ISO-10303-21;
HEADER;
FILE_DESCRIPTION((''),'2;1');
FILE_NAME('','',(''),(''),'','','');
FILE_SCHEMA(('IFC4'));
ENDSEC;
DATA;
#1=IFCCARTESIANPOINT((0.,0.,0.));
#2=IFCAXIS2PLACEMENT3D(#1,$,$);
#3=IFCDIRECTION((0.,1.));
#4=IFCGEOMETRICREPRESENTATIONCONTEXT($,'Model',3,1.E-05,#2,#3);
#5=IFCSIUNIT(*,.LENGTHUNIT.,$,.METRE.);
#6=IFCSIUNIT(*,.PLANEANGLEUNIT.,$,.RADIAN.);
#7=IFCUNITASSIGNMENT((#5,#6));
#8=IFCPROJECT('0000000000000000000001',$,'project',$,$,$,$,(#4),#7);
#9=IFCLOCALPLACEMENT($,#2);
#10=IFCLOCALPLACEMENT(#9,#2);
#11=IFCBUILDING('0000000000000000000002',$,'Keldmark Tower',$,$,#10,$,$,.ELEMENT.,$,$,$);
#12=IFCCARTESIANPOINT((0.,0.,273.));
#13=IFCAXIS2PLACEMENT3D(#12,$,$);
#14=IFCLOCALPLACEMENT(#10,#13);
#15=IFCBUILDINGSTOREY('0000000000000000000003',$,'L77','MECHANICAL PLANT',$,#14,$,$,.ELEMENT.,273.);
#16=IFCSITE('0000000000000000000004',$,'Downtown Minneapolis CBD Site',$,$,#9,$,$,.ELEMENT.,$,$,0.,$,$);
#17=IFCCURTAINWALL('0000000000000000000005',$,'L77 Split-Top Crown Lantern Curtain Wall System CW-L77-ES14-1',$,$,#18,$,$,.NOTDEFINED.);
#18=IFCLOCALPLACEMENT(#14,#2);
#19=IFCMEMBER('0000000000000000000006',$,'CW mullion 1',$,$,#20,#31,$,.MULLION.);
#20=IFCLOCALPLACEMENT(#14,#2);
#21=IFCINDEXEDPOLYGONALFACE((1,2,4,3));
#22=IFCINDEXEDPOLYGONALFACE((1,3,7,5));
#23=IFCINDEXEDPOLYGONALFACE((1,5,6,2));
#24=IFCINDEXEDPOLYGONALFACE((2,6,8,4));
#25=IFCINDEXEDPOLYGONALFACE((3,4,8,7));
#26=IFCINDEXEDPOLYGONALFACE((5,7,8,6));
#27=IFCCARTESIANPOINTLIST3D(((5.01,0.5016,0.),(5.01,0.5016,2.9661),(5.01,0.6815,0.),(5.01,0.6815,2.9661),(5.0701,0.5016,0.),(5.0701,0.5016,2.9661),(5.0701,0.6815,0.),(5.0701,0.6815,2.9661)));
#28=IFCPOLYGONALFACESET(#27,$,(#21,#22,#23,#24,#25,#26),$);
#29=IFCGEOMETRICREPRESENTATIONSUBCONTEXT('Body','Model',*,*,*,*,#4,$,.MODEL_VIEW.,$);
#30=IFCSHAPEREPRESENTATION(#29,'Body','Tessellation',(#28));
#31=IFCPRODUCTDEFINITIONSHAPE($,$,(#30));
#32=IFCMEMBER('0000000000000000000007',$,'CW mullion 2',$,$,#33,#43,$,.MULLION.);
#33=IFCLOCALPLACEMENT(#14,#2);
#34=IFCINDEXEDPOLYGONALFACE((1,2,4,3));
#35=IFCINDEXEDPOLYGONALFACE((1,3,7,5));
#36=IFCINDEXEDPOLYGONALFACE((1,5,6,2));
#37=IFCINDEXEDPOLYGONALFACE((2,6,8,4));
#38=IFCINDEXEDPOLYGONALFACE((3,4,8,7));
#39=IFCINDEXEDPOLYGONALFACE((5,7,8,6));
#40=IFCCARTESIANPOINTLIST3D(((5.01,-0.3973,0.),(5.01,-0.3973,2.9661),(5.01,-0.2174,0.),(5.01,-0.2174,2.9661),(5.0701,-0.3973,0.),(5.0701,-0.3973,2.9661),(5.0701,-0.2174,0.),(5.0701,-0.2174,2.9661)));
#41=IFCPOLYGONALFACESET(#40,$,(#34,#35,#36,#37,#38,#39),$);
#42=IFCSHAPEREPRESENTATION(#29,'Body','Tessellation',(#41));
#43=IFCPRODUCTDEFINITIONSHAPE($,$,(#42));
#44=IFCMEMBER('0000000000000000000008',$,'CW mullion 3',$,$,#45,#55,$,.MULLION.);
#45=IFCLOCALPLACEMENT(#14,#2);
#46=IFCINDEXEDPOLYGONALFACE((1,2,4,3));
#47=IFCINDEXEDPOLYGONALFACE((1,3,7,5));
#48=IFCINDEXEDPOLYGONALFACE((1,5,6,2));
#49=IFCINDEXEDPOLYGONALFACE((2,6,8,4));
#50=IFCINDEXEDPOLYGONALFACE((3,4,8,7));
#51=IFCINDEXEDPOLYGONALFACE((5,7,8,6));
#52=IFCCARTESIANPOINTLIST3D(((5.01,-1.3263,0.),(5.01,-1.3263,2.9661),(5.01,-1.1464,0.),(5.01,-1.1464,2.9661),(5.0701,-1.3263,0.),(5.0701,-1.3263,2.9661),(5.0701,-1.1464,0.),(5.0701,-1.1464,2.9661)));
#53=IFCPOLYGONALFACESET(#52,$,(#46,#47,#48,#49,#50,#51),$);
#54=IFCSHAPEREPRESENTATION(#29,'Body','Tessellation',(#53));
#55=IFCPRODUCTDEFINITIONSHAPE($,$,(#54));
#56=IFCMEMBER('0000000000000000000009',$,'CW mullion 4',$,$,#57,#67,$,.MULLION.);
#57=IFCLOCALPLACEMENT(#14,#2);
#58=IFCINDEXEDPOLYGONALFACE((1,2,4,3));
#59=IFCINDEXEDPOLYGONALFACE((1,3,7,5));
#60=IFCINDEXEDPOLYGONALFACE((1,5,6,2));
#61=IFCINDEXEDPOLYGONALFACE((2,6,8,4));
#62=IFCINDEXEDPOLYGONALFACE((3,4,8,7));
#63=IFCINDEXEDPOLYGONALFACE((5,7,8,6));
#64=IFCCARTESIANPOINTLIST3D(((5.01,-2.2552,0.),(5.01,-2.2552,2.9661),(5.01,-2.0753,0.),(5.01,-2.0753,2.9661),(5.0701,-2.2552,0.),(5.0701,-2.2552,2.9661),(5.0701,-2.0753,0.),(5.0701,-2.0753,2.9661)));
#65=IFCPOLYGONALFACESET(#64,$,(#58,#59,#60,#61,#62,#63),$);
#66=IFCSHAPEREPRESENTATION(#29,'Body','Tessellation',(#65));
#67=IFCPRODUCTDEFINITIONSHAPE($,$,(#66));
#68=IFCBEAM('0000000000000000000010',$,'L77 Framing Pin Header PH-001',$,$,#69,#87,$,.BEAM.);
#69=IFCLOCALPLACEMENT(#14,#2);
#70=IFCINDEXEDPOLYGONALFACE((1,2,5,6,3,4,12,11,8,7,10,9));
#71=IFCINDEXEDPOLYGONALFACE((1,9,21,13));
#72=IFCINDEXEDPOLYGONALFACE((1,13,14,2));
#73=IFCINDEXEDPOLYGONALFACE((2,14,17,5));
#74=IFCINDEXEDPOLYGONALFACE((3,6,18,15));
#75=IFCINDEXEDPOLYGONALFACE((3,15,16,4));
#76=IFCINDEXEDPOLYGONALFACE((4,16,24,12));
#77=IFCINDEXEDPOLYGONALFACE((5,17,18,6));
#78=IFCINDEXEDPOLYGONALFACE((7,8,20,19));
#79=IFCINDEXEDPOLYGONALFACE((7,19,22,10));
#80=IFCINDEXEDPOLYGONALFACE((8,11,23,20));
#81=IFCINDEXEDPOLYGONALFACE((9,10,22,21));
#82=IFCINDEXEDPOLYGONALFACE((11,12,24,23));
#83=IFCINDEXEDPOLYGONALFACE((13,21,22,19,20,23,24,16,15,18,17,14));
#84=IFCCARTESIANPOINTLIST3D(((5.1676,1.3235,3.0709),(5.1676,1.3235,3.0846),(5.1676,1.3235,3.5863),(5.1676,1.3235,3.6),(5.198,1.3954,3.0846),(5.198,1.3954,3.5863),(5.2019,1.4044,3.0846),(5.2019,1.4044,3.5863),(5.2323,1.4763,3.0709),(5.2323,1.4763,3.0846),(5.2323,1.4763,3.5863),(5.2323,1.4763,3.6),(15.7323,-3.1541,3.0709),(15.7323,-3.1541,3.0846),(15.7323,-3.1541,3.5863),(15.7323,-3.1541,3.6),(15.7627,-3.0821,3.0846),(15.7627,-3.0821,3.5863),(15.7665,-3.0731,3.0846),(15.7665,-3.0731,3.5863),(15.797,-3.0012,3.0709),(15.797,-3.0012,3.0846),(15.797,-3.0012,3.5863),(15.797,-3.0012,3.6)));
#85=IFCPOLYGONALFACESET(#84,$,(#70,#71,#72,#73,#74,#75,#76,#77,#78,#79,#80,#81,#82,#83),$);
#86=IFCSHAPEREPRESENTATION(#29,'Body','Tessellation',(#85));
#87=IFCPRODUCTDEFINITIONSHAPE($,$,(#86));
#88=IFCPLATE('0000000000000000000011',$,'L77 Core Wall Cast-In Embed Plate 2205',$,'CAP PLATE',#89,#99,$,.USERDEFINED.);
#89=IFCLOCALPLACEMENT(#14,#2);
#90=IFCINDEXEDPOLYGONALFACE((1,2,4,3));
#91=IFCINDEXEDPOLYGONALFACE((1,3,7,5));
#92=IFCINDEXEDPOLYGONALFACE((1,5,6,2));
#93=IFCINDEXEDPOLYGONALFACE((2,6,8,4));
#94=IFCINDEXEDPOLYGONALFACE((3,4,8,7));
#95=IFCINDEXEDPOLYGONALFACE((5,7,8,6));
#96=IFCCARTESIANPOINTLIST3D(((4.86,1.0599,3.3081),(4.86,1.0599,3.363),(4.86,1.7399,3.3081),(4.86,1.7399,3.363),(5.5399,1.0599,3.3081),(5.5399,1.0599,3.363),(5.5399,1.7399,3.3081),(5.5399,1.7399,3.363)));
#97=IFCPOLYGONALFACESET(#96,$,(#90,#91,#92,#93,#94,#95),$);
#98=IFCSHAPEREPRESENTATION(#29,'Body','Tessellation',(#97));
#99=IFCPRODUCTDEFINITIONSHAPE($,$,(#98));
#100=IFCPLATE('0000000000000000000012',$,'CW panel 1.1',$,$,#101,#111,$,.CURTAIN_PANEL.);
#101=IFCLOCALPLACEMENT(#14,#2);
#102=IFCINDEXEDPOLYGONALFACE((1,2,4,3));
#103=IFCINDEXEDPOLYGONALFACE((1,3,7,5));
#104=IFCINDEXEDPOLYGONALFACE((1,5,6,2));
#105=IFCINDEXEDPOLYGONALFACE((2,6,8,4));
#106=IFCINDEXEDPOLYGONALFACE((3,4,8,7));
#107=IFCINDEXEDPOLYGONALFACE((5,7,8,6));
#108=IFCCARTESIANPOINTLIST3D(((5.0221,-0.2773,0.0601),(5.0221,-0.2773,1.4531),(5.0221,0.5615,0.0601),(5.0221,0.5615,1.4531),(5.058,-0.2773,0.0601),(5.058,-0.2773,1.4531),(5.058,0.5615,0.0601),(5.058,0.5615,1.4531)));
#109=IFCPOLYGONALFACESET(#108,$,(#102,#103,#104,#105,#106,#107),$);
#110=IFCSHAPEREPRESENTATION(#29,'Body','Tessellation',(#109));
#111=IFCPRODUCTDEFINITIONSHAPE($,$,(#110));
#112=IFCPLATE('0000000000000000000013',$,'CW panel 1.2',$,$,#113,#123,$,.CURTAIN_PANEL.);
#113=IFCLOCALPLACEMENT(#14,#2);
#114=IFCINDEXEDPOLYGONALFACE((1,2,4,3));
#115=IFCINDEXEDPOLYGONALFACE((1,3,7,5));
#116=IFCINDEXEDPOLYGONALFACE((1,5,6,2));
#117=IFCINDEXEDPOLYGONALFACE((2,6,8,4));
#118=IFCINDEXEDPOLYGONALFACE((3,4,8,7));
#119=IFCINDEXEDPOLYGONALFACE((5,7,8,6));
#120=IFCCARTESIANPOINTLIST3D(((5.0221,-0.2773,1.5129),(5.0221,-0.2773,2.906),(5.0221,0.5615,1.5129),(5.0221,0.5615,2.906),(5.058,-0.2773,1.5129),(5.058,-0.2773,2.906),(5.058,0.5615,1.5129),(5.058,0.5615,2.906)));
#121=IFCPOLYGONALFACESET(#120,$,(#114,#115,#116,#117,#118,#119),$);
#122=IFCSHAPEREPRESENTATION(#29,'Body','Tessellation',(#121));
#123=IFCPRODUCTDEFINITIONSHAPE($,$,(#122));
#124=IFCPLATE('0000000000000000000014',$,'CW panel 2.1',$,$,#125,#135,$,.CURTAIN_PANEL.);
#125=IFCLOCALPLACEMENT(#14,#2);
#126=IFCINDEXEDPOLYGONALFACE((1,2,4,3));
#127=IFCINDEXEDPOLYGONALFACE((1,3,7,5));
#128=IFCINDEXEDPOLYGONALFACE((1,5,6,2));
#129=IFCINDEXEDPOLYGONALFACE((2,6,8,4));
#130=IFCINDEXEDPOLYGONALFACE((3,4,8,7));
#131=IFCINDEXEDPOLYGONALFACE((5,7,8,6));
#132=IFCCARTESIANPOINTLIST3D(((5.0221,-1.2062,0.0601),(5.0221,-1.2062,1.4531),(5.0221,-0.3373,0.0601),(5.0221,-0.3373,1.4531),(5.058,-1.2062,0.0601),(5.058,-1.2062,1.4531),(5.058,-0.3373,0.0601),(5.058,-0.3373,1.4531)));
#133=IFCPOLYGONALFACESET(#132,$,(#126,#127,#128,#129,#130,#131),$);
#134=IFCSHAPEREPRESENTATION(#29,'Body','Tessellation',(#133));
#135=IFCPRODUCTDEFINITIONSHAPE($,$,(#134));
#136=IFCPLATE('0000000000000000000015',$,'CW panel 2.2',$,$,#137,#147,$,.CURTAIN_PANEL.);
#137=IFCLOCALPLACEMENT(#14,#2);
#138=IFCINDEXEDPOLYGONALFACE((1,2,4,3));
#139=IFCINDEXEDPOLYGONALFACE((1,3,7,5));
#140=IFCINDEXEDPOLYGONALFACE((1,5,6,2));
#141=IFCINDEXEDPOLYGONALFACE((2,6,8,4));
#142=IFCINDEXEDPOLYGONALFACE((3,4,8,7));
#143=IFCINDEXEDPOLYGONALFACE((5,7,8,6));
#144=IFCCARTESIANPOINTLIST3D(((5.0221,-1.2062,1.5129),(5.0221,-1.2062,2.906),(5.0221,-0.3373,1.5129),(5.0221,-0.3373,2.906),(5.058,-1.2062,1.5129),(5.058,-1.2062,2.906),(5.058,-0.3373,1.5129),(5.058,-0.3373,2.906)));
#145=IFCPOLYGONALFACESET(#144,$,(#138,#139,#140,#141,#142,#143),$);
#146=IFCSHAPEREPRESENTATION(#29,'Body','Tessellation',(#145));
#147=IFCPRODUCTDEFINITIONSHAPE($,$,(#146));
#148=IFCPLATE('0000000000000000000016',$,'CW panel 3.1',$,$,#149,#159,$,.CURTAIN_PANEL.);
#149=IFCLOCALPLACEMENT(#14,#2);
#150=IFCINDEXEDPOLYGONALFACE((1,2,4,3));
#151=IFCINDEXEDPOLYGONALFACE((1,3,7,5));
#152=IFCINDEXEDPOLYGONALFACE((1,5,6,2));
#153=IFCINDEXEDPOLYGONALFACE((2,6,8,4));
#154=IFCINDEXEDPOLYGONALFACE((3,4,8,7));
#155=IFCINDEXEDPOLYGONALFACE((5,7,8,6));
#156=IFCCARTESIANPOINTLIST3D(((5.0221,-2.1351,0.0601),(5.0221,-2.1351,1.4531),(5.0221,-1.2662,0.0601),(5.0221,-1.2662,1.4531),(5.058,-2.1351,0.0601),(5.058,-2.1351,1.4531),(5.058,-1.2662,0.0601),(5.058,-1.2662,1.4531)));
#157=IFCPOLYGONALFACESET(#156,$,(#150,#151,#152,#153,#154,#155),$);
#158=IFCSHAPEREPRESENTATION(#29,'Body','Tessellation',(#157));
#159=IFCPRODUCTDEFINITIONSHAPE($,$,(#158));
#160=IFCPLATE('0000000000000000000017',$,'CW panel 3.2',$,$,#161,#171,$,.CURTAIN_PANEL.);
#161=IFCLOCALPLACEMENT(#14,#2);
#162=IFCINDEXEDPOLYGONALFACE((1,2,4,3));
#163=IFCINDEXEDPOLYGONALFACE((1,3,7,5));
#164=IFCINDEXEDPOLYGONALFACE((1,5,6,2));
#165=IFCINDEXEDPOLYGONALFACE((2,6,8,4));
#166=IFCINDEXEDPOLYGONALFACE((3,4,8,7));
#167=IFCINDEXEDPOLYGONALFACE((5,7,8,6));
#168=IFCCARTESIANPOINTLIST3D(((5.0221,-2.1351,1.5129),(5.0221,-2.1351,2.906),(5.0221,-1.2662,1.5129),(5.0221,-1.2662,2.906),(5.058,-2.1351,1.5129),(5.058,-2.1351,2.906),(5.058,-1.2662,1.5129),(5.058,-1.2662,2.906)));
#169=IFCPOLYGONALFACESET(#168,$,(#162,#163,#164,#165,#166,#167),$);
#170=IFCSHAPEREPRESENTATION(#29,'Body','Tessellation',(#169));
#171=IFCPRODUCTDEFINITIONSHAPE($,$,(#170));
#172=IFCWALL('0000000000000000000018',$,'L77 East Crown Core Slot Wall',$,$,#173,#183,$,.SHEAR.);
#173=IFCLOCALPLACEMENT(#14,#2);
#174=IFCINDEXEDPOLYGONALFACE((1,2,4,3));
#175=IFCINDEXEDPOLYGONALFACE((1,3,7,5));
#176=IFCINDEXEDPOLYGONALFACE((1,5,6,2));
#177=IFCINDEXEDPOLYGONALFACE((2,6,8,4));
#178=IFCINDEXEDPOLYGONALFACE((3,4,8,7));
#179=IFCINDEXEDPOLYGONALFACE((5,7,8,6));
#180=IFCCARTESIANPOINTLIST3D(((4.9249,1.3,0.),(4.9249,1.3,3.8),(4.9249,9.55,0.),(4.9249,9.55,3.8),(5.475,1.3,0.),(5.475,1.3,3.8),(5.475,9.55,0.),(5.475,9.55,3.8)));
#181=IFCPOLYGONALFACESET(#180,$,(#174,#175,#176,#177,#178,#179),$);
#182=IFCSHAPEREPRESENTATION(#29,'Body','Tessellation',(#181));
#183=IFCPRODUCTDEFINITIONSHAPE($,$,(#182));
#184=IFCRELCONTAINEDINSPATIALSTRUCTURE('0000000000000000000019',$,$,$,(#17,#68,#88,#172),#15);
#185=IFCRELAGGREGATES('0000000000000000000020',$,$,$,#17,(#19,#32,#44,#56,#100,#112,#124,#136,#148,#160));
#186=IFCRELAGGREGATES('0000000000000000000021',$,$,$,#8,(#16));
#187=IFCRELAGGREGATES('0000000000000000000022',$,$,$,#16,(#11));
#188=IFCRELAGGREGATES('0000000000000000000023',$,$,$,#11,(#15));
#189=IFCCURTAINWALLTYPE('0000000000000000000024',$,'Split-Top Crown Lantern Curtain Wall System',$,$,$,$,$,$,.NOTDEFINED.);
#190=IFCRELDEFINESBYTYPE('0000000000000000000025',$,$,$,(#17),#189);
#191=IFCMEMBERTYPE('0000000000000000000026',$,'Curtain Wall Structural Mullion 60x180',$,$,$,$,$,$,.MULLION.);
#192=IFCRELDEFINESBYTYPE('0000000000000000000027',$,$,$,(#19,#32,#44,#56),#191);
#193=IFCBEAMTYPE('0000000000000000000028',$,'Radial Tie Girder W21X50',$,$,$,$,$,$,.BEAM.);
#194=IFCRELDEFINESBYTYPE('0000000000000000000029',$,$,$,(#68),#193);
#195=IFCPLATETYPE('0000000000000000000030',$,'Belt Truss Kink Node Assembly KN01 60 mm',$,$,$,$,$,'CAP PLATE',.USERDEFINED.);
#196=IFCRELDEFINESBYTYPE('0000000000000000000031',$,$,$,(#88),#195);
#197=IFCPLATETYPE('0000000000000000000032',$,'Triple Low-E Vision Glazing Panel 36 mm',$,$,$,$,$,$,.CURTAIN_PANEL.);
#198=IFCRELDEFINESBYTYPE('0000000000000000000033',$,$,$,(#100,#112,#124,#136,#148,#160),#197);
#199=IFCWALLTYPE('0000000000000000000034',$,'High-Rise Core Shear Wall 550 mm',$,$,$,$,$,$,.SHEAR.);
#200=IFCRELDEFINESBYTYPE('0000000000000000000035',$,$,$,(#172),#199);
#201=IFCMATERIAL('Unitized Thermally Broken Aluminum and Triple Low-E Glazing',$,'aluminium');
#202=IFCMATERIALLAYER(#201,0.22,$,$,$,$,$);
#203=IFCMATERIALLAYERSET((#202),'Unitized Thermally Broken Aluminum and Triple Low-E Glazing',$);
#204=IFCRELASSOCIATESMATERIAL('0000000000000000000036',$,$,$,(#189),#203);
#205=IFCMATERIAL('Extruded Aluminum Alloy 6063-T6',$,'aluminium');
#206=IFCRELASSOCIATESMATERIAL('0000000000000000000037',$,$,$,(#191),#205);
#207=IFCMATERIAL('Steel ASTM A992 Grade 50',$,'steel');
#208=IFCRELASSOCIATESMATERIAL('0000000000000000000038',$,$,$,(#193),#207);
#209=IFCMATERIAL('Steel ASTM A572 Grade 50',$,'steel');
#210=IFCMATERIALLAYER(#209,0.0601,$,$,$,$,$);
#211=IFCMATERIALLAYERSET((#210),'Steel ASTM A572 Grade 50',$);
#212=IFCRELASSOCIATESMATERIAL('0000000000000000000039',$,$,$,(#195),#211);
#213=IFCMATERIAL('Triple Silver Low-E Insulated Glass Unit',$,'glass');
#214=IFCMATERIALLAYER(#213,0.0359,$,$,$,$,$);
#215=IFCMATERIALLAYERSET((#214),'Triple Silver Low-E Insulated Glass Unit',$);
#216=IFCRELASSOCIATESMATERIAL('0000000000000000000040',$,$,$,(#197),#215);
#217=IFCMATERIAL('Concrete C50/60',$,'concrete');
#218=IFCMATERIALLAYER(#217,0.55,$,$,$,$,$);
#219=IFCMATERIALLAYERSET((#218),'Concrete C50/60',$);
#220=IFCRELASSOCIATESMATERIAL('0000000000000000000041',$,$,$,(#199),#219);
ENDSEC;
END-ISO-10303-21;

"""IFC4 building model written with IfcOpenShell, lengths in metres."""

from ifc_helpers import new_model, si_unit, direction, frame, frame_2d, origin, origin_2d, place, context, subcontext, project, spatial, rectangle, i_section, extrude, material, layer, layer_set, material_profile, profile_set, type_object, element, aggregate, save


model = new_model("IFC4")

# Units and contexts
model_context = context("Model", 3, precision=1e-05, world=origin(), true_north=direction((0.0, 1.0)))
body_context = subcontext(model_context, "Body", "Model", "MODEL_VIEW")
ifc_project = project(units=[si_unit("LENGTHUNIT", "METRE"), si_unit("PLANEANGLEUNIT", "RADIAN")], contexts=[model_context])

# Site, building, storey
site_placement = place(None, origin())
site = spatial("IfcSite", under=ifc_project, at=site_placement, Name="Downtown Minneapolis CBD Site", CompositionType="ELEMENT", RefElevation=0.0)
building_placement = place(site_placement, origin())
building = spatial("IfcBuilding", under=site, at=building_placement, Name="Keldmark Tower", CompositionType="ELEMENT")
storey_placement = place(building_placement, frame((0.0, 0.0, 273.0)))
storey = spatial("IfcBuildingStorey", under=building, at=storey_placement, Name="L77", Description="MECHANICAL PLANT", CompositionType="ELEMENT", Elevation=273.0)

# Curtain wall, members
ifc_material_1 = material(Name="Unitized Thermally Broken Aluminum and Triple Low-E Glazing", Category="aluminium")
ifc_layer_1 = layer(ifc_material_1, 0.22)
ifc_layer_set_1 = layer_set([ifc_layer_1], Name="Unitized Thermally Broken Aluminum and Triple Low-E Glazing")
curtain_wall_type = type_object("IfcCurtainWallType", Name="Split-Top Crown Lantern Curtain Wall System", PredefinedType="NOTDEFINED", material=ifc_layer_set_1)
curtain_wall_placement = place(storey_placement, origin())
curtain_wall = element("IfcCurtainWall", 1, at=curtain_wall_placement, inside=storey, type_object=curtain_wall_type, Name="L77 Split-Top Crown Lantern Curtain Wall System CW-L77-ES14-1", PredefinedType="NOTDEFINED")
ifc_material_2 = material(Name="Extruded Aluminum Alloy 6063-T6", Category="aluminium")
ifc_material_profile_1 = material_profile(ifc_material_2, rectangle(XDim=0.0601, YDim=0.1799, at=origin_2d()), Name="CWM60X180")
ifc_profile_set_1 = profile_set([ifc_material_profile_1], Name="Extruded Aluminum Alloy 6063-T6")
member_type_1 = type_object("IfcMemberType", Name="Curtain Wall Structural Mullion 60x180", PredefinedType="MULLION", material=ifc_profile_set_1)
member_1_placement = place(storey_placement, frame((5.04, 0.5916, 0.0), z_axis=(0.0, 0.0, 1.0), x_axis=(1.0, 0.0, 0.0)))
member_1 = element("IfcMember", 2, at=member_1_placement, type_object=member_type_1, Name="CW mullion 1", PredefinedType="MULLION", context=body_context, shape_type="SweptSolid", body=[
    extrude(rectangle(XDim=0.0601, YDim=0.1799, at=origin_2d()), origin(), (0.0, 0.0, 1.0), 2.9661),
])
member_2_placement = place(storey_placement, frame((5.04, -0.3074, 0.0), z_axis=(0.0, 0.0, 1.0), x_axis=(1.0, 0.0, 0.0)))
member_2 = element("IfcMember", 3, at=member_2_placement, type_object=member_type_1, Name="CW mullion 2", PredefinedType="MULLION", context=body_context, shape_type="SweptSolid", body=[
    extrude(rectangle(XDim=0.0601, YDim=0.1799, at=origin_2d()), origin(), (0.0, 0.0, 1.0), 2.9661),
])
member_3_placement = place(storey_placement, frame((5.04, -1.2363, 0.0), z_axis=(0.0, 0.0, 1.0), x_axis=(1.0, 0.0, 0.0)))
member_3 = element("IfcMember", 4, at=member_3_placement, type_object=member_type_1, Name="CW mullion 3", PredefinedType="MULLION", context=body_context, shape_type="SweptSolid", body=[
    extrude(rectangle(XDim=0.0601, YDim=0.1799, at=origin_2d()), origin(), (0.0, 0.0, 1.0), 2.9661),
])
member_4_placement = place(storey_placement, frame((5.04, -2.1653, 0.0), z_axis=(0.0, 0.0, 1.0), x_axis=(1.0, 0.0, 0.0)))
member_4 = element("IfcMember", 5, at=member_4_placement, type_object=member_type_1, Name="CW mullion 4", PredefinedType="MULLION", context=body_context, shape_type="SweptSolid", body=[
    extrude(rectangle(XDim=0.0601, YDim=0.1799, at=origin_2d()), origin(), (0.0, 0.0, 1.0), 2.9661),
])

# Beam
ifc_material_3 = material(Name="Steel ASTM A992 Grade 50", Category="steel")
ifc_material_profile_2 = material_profile(ifc_material_3, i_section(OverallWidth=0.166, OverallDepth=0.5291, WebThickness=0.0098, FlangeThickness=0.0137, at=origin_2d()), Name="W21X50")
ifc_profile_set_2 = profile_set([ifc_material_profile_2], Name="Steel ASTM A992 Grade 50")
beam_type_1 = type_object("IfcBeamType", Name="Radial Tie Girder W21X50", PredefinedType="BEAM", material=ifc_profile_set_2)
beam_1_placement = place(storey_placement, frame((5.2, 1.3999, 3.3354), z_axis=(0.920721, -0.390221, 0.0), x_axis=(0.390221, 0.920721, 0.0)))
element("IfcBeam", 6, at=beam_1_placement, inside=storey, type_object=beam_type_1, Name="L77 Framing Pin Header PH-001", PredefinedType="BEAM", context=body_context, shape_type="SweptSolid", body=[
    extrude(i_section(OverallWidth=0.166, OverallDepth=0.5291, WebThickness=0.0098, FlangeThickness=0.0137, at=origin_2d()), origin(), (0.0, 0.0, 1.0), 11.4744),
])

# Plates
ifc_material_4 = material(Name="Steel ASTM A572 Grade 50", Category="steel")
ifc_layer_2 = layer(ifc_material_4, 0.0601)
ifc_layer_set_2 = layer_set([ifc_layer_2], Name="Steel ASTM A572 Grade 50")
plate_type_1 = type_object("IfcPlateType", Name="Belt Truss Kink Node Assembly KN01 60 mm", ElementType="CAP PLATE", PredefinedType="USERDEFINED", material=ifc_layer_set_2)
plate_1_placement = place(storey_placement, frame((5.2, 1.3999, 3.3081), z_axis=(0.0, 0.0, 1.0), x_axis=(1.0, 0.0, 0.0)))
element("IfcPlate", 7, at=plate_1_placement, inside=storey, type_object=plate_type_1, Name="L77 Core Wall Cast-In Embed Plate 2205", ObjectType="CAP PLATE", PredefinedType="USERDEFINED", context=body_context, shape_type="SweptSolid", body=[
    extrude(rectangle(XDim=0.6799, YDim=0.6799, at=origin_2d()), origin(), (0.0, 0.0, 1.0), 0.0549),
])
ifc_material_5 = material(Name="Triple Silver Low-E Insulated Glass Unit", Category="glass")
ifc_layer_3 = layer(ifc_material_5, 0.0359)
ifc_layer_set_3 = layer_set([ifc_layer_3], Name="Triple Silver Low-E Insulated Glass Unit")
plate_type_2 = type_object("IfcPlateType", Name="Triple Low-E Vision Glazing Panel 36 mm", PredefinedType="CURTAIN_PANEL", material=ifc_layer_set_3)
plate_2_placement = place(storey_placement, frame((5.04, 0.1421, 0.0601), z_axis=(0.0, 0.0, 1.0), x_axis=(0.0, -1.0, 0.0)))
plate_2 = element("IfcPlate", 8, at=plate_2_placement, type_object=plate_type_2, Name="CW panel 1.1", PredefinedType="CURTAIN_PANEL", context=body_context, shape_type="SweptSolid", body=[
    extrude(rectangle(XDim=0.8389, YDim=0.0359, at=origin_2d()), origin(), (0.0, 0.0, 1.0), 1.3931),
])
plate_3_placement = place(storey_placement, frame((5.04, 0.1421, 1.5129), z_axis=(0.0, 0.0, 1.0), x_axis=(0.0, -1.0, 0.0)))
plate_3 = element("IfcPlate", 9, at=plate_3_placement, type_object=plate_type_2, Name="CW panel 1.2", PredefinedType="CURTAIN_PANEL", context=body_context, shape_type="SweptSolid", body=[
    extrude(rectangle(XDim=0.8389, YDim=0.0359, at=origin_2d()), origin(), (0.0, 0.0, 1.0), 1.3931),
])
plate_4_placement = place(storey_placement, frame((5.04, -0.7717, 0.0601), z_axis=(0.0, 0.0, 1.0), x_axis=(0.0, -1.0, 0.0)))
plate_4 = element("IfcPlate", 10, at=plate_4_placement, type_object=plate_type_2, Name="CW panel 2.1", PredefinedType="CURTAIN_PANEL", context=body_context, shape_type="SweptSolid", body=[
    extrude(rectangle(XDim=0.8689, YDim=0.0359, at=origin_2d()), origin(), (0.0, 0.0, 1.0), 1.3931),
])
plate_5_placement = place(storey_placement, frame((5.04, -0.7717, 1.5129), z_axis=(0.0, 0.0, 1.0), x_axis=(0.0, -1.0, 0.0)))
plate_5 = element("IfcPlate", 11, at=plate_5_placement, type_object=plate_type_2, Name="CW panel 2.2", PredefinedType="CURTAIN_PANEL", context=body_context, shape_type="SweptSolid", body=[
    extrude(rectangle(XDim=0.8689, YDim=0.0359, at=origin_2d()), origin(), (0.0, 0.0, 1.0), 1.3931),
])
plate_6_placement = place(storey_placement, frame((5.04, -1.7007, 0.0601), z_axis=(0.0, 0.0, 1.0), x_axis=(0.0, -1.0, 0.0)))
plate_6 = element("IfcPlate", 12, at=plate_6_placement, type_object=plate_type_2, Name="CW panel 3.1", PredefinedType="CURTAIN_PANEL", context=body_context, shape_type="SweptSolid", body=[
    extrude(rectangle(XDim=0.8689, YDim=0.0359, at=origin_2d()), origin(), (0.0, 0.0, 1.0), 1.3931),
])
plate_7_placement = place(storey_placement, frame((5.04, -1.7007, 1.5129), z_axis=(0.0, 0.0, 1.0), x_axis=(0.0, -1.0, 0.0)))
plate_7 = element("IfcPlate", 13, at=plate_7_placement, type_object=plate_type_2, Name="CW panel 3.2", PredefinedType="CURTAIN_PANEL", context=body_context, shape_type="SweptSolid", body=[
    extrude(rectangle(XDim=0.8689, YDim=0.0359, at=origin_2d()), origin(), (0.0, 0.0, 1.0), 1.3931),
])
aggregate(curtain_wall, [member_1, member_2, member_3, member_4, plate_2, plate_3, plate_4, plate_5, plate_6, plate_7])

# Wall
ifc_material_6 = material(Name="Concrete C50/60", Category="concrete")
ifc_layer_4 = layer(ifc_material_6, 0.55)
ifc_layer_set_4 = layer_set([ifc_layer_4], Name="Concrete C50/60")
wall_type_1 = type_object("IfcWallType", Name="High-Rise Core Shear Wall 550 mm", PredefinedType="SHEAR", material=ifc_layer_set_4)
wall_1_placement = place(storey_placement, frame((5.2, 1.3, 0.0), z_axis=(0.0, 0.0, 1.0), x_axis=(0.0, 1.0, 0.0)))
element("IfcWall", 14, at=wall_1_placement, inside=storey, type_object=wall_type_1, Name="L77 East Crown Core Slot Wall", PredefinedType="SHEAR", context=body_context, shape_type="SweptSolid", body=[
    extrude(rectangle(XDim=8.25, YDim=0.55, at=frame_2d((4.125, 0.0))), origin(), (0.0, 0.0, 1.0), 3.8),
])

save(model, "model.ifc")
